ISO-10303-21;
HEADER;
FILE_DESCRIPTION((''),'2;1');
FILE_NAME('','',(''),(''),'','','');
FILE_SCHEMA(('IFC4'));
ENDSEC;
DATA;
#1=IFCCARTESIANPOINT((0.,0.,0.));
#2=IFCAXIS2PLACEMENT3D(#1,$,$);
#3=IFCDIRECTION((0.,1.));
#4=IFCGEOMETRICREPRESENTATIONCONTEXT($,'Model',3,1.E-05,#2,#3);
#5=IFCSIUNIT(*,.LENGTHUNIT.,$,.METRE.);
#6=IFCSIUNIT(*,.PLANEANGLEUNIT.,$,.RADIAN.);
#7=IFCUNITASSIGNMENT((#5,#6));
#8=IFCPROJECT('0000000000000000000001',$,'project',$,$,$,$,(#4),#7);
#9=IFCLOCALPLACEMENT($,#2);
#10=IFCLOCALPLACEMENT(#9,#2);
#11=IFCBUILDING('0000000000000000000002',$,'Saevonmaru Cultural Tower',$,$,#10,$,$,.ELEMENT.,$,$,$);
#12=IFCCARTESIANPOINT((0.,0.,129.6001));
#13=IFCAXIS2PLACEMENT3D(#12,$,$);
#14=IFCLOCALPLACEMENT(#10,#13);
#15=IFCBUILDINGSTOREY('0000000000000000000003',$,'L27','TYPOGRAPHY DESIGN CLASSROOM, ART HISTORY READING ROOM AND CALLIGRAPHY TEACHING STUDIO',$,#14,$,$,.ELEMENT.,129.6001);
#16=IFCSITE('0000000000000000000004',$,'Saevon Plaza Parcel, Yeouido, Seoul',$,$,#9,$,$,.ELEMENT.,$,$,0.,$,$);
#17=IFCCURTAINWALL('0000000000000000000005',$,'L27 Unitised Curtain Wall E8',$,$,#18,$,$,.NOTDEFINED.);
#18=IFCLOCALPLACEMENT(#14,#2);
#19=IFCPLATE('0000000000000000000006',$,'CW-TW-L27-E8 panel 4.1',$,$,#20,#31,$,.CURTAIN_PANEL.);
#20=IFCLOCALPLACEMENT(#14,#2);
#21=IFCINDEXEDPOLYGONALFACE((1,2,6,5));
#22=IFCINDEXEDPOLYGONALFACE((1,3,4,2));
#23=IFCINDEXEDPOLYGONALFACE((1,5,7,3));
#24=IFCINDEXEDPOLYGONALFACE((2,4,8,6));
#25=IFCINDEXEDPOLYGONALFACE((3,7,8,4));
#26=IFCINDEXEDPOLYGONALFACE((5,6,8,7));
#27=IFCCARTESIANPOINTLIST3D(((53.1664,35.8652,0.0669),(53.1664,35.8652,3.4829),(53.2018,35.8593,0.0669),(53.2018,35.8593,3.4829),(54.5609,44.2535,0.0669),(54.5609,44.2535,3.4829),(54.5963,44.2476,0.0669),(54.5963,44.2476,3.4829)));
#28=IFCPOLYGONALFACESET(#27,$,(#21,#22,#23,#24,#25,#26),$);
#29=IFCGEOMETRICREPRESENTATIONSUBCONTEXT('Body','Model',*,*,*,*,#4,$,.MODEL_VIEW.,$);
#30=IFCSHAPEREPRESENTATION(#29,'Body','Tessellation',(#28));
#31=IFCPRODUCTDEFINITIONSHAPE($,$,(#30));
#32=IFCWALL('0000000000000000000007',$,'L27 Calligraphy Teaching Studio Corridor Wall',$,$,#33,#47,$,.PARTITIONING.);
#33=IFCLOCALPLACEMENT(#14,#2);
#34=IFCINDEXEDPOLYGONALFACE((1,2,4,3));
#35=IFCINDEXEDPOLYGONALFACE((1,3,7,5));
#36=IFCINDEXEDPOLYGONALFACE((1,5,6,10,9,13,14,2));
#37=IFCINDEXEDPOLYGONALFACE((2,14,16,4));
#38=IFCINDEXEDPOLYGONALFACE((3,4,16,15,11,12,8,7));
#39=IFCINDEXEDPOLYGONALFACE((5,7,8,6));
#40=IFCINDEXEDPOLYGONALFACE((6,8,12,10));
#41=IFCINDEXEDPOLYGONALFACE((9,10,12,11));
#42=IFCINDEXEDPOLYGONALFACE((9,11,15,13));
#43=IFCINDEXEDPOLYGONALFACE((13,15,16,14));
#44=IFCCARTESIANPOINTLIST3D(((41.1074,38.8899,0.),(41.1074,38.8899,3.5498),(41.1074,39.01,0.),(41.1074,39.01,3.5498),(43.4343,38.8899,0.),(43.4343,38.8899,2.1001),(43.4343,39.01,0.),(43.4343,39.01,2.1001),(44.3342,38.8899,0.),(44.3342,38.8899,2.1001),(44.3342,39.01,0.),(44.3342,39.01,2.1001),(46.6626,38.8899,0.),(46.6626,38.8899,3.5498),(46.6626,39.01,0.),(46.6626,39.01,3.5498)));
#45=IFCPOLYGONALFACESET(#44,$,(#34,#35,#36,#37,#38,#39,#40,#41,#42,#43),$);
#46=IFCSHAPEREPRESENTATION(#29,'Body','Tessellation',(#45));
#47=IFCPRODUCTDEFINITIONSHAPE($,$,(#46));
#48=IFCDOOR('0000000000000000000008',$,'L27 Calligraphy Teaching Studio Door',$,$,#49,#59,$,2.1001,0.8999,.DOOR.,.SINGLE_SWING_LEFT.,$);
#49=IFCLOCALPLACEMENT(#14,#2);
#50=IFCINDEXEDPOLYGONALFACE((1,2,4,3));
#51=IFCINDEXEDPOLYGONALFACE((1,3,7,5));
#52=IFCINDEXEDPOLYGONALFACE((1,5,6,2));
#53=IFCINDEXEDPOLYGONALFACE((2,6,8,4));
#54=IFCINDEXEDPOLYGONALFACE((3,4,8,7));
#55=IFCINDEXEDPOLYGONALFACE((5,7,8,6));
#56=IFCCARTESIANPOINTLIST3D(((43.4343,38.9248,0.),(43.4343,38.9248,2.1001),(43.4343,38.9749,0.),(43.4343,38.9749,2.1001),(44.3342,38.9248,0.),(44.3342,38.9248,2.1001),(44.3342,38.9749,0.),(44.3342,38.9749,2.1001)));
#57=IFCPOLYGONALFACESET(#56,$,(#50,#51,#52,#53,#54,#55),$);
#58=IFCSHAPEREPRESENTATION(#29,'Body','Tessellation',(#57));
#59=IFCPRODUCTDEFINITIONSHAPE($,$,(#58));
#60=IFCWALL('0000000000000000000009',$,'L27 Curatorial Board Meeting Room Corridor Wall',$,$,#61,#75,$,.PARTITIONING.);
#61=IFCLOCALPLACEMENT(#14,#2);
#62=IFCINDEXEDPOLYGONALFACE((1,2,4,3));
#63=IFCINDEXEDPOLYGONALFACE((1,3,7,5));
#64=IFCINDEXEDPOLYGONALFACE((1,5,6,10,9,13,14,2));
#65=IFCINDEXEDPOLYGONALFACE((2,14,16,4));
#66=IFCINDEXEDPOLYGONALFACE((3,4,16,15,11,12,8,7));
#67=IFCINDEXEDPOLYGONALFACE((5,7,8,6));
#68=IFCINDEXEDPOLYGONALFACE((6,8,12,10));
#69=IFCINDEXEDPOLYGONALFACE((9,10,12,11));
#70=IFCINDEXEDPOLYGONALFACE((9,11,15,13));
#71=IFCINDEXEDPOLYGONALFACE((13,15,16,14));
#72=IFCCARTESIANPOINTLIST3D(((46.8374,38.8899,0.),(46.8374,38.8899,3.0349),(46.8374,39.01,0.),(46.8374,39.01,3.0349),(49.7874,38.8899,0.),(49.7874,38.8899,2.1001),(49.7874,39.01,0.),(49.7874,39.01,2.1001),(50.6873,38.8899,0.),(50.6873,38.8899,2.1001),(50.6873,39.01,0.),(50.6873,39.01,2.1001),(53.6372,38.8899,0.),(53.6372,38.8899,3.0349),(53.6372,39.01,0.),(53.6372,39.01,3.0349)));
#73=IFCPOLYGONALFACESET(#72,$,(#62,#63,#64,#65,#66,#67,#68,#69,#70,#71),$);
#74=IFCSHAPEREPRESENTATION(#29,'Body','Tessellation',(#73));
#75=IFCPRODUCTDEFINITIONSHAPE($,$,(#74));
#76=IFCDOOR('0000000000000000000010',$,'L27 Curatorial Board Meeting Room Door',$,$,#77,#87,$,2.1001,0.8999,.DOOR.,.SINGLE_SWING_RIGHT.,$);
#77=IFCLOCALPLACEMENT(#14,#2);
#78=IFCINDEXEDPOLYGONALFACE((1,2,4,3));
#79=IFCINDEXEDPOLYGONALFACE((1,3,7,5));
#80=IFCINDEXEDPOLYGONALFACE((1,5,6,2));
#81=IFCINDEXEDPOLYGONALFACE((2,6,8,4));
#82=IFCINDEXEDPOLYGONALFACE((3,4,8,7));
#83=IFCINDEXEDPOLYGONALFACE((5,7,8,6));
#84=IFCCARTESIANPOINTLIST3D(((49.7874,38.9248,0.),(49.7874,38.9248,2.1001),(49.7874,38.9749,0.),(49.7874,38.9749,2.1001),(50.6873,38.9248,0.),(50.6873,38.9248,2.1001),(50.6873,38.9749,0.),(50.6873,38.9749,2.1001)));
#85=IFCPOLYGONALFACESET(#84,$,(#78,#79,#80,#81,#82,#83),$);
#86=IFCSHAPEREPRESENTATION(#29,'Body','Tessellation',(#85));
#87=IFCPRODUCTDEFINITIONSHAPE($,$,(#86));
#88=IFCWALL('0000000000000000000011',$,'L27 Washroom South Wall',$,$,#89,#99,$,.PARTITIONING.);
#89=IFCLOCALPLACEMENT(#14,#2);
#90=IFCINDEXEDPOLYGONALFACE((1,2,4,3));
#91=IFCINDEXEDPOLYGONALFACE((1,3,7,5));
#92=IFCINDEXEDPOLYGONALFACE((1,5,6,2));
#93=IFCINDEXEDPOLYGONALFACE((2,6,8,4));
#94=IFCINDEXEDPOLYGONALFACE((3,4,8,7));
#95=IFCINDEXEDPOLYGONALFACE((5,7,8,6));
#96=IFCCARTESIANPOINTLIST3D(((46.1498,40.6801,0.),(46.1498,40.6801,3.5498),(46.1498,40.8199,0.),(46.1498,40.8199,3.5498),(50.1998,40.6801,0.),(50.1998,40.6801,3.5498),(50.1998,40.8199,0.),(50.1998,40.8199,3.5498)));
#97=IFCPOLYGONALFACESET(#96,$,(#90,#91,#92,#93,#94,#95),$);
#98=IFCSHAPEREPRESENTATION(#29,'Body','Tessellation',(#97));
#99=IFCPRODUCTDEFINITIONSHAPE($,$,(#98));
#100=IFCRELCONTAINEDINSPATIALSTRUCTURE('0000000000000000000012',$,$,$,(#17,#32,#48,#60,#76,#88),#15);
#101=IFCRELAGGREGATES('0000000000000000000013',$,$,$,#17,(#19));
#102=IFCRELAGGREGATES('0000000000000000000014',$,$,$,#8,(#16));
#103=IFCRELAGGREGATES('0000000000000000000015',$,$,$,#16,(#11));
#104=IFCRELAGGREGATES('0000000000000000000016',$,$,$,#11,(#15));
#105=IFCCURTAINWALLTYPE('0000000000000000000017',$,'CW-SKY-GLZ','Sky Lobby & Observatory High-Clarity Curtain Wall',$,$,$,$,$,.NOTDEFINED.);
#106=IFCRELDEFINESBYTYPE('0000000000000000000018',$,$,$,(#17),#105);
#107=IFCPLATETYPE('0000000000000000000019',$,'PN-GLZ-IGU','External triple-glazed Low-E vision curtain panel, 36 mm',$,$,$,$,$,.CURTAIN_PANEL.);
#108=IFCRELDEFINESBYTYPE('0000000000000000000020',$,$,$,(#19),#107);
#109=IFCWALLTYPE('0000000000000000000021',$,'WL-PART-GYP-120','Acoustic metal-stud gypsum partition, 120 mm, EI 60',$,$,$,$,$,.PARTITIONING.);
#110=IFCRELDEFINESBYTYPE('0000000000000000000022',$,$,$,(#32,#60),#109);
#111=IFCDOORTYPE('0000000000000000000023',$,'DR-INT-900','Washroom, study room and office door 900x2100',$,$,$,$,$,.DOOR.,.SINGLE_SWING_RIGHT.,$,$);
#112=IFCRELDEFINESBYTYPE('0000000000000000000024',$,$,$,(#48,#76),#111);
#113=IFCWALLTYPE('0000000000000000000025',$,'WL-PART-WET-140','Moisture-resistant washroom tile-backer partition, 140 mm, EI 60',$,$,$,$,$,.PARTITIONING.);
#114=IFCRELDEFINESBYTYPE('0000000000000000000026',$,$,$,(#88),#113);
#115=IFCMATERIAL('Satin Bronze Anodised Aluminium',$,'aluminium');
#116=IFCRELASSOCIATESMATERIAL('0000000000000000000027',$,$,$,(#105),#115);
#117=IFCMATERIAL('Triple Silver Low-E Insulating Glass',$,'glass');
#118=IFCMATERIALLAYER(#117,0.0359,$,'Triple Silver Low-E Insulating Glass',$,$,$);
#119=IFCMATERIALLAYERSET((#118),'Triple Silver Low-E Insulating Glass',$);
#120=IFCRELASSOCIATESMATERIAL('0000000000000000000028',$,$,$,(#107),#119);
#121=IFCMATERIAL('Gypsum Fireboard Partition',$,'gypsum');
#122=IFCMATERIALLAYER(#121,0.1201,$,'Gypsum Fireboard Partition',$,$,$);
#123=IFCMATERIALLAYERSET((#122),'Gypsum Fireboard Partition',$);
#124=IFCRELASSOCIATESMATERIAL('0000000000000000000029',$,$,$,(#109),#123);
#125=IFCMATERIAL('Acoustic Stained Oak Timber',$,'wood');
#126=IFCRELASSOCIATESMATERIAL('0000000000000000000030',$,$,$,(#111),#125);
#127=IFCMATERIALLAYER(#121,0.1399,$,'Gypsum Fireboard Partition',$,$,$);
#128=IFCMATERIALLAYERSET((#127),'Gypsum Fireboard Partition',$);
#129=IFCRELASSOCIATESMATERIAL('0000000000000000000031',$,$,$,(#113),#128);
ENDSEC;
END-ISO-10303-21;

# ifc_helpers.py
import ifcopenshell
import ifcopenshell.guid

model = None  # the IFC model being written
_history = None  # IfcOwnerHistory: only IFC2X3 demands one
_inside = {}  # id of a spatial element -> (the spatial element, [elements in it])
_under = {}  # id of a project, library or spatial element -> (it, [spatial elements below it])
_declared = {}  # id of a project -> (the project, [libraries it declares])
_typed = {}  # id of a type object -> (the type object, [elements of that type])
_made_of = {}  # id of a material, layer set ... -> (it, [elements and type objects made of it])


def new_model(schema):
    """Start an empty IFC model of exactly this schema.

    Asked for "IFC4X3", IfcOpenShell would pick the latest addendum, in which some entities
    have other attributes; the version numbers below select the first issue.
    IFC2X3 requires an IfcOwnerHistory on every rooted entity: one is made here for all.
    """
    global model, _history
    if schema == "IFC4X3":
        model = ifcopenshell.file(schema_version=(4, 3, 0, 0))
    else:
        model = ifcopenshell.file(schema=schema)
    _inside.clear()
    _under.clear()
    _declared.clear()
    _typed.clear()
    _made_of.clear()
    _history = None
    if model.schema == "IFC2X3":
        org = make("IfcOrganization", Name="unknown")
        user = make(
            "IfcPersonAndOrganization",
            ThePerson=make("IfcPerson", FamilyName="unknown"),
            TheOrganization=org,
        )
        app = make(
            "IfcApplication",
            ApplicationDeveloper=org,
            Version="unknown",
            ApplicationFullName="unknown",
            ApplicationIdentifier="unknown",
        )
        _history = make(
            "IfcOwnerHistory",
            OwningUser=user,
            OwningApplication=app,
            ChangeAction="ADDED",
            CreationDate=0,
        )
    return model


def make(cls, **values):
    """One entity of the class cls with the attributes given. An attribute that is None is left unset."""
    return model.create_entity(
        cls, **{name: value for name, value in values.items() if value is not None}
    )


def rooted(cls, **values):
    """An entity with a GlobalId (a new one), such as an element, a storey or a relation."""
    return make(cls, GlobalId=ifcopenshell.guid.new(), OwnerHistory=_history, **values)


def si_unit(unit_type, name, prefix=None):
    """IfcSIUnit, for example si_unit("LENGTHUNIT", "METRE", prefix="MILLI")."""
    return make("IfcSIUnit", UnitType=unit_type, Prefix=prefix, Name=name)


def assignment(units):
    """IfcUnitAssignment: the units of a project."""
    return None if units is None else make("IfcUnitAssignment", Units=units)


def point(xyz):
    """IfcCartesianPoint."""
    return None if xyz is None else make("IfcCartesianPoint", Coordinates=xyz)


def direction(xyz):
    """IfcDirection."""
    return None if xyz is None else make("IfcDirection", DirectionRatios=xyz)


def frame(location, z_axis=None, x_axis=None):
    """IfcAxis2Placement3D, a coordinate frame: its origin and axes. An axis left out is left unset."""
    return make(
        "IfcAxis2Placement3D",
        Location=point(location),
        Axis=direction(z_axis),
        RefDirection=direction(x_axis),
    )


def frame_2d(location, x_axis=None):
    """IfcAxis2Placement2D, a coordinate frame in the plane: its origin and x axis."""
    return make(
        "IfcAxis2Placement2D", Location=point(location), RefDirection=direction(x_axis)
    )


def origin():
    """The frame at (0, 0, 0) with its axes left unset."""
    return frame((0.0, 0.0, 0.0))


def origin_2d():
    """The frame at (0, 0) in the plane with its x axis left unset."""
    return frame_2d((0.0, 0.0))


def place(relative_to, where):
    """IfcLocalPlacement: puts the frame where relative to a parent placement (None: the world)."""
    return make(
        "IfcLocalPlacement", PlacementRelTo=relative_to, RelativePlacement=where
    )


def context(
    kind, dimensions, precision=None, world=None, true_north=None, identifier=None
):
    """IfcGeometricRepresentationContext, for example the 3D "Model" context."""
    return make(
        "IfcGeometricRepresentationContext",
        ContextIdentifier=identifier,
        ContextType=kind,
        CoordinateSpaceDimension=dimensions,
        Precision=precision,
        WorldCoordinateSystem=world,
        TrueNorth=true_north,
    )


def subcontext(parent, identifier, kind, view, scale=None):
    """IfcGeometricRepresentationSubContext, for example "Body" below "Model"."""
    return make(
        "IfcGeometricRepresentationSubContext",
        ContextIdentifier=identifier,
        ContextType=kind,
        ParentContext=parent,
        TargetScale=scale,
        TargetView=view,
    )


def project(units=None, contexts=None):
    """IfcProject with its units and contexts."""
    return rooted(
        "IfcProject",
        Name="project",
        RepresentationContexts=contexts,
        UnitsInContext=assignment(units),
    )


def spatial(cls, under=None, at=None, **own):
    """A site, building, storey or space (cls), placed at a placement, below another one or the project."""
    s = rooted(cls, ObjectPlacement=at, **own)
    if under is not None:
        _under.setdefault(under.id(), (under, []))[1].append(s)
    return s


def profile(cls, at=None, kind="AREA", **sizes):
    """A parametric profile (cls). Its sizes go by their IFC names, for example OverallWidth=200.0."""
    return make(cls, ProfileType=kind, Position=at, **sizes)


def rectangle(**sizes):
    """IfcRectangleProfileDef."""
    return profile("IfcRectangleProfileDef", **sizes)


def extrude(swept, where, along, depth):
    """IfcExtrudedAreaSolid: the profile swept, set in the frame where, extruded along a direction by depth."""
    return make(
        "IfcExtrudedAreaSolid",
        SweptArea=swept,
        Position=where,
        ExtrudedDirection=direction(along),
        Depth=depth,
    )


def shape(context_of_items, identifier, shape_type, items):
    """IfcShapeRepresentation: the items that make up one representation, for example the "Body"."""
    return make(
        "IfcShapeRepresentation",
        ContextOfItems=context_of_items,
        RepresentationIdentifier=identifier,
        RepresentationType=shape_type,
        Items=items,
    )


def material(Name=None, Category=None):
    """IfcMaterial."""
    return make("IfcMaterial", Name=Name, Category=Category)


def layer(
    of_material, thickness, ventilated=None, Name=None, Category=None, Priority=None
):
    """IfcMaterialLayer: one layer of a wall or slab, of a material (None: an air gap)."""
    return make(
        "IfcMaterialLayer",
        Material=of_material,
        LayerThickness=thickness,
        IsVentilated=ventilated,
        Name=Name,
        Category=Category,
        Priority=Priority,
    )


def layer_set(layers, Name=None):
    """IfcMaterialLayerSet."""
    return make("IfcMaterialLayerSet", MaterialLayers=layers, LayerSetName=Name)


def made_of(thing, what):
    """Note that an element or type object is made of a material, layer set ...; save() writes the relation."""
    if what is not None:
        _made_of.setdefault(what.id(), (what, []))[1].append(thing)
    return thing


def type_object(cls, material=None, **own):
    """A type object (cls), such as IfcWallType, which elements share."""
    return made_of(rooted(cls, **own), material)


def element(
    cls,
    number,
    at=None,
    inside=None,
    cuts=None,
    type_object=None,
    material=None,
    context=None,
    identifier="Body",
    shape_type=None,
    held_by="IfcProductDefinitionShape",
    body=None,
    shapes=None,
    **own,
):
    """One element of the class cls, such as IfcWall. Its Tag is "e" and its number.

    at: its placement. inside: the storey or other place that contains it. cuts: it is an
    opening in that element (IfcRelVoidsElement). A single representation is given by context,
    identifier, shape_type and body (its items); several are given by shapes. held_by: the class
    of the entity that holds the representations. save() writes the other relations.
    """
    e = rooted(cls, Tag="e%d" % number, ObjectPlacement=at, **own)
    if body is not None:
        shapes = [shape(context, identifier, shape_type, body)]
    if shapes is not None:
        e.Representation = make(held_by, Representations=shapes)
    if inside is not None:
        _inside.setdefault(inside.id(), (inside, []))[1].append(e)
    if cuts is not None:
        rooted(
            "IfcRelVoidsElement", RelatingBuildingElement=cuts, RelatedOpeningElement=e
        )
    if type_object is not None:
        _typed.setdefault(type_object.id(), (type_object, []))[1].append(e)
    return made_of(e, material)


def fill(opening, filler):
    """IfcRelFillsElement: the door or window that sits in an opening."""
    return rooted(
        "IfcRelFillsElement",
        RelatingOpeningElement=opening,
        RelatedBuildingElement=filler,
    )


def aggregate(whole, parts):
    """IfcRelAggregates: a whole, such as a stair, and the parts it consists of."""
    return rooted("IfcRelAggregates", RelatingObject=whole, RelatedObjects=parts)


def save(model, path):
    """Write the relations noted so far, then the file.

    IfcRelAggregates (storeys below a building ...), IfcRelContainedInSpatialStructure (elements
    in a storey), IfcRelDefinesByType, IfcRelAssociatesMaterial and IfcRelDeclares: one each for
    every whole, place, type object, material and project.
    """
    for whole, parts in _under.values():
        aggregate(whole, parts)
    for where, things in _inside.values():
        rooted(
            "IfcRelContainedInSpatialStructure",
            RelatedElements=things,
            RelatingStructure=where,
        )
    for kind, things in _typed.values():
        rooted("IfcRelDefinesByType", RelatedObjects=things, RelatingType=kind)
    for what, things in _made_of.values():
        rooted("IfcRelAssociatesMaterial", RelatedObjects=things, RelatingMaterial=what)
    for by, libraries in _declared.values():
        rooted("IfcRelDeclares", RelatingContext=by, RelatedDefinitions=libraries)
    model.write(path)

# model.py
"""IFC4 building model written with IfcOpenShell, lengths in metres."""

from ifc_helpers import new_model, si_unit, direction, frame, frame_2d, origin, origin_2d, place, context, subcontext, project, spatial, rectangle, extrude, material, layer, layer_set, type_object, element, fill, aggregate, save


model = new_model("IFC4")

# Units and contexts
model_context = context("Model", 3, precision=1e-05, world=origin(), true_north=direction((0.0, 1.0)))
body_context = subcontext(model_context, "Body", "Model", "MODEL_VIEW")
ifc_project = project(units=[si_unit("LENGTHUNIT", "METRE"), si_unit("PLANEANGLEUNIT", "RADIAN")], contexts=[model_context])

# Site, building, storey
site_placement = place(None, origin())
site = spatial("IfcSite", under=ifc_project, at=site_placement, Name="Saevon Plaza Parcel, Yeouido, Seoul", CompositionType="ELEMENT", RefElevation=0.0)
building_placement = place(site_placement, origin())
building = spatial("IfcBuilding", under=site, at=building_placement, Name="Saevonmaru Cultural Tower", CompositionType="ELEMENT")
storey_placement = place(building_placement, frame((0.0, 0.0, 129.6001)))
storey = spatial("IfcBuildingStorey", under=building, at=storey_placement, Name="L27", Description="TYPOGRAPHY DESIGN CLASSROOM, ART HISTORY READING ROOM AND CALLIGRAPHY TEACHING STUDIO", CompositionType="ELEMENT", Elevation=129.6001)

# Curtain wall, plate
ifc_material_1 = material(Name="Satin Bronze Anodised Aluminium", Category="aluminium")
curtain_wall_type = type_object("IfcCurtainWallType", Name="CW-SKY-GLZ", Description="Sky Lobby & Observatory High-Clarity Curtain Wall", PredefinedType="NOTDEFINED", material=ifc_material_1)
curtain_wall_placement = place(storey_placement, origin())
curtain_wall = element("IfcCurtainWall", 1, at=curtain_wall_placement, inside=storey, type_object=curtain_wall_type, Name="L27 Unitised Curtain Wall E8", PredefinedType="NOTDEFINED")
ifc_material_2 = material(Name="Triple Silver Low-E Insulating Glass", Category="glass")
ifc_layer_1 = layer(ifc_material_2, 0.0359, Name="Triple Silver Low-E Insulating Glass")
ifc_layer_set_1 = layer_set([ifc_layer_1], Name="Triple Silver Low-E Insulating Glass")
plate_type = type_object("IfcPlateType", Name="PN-GLZ-IGU", Description="External triple-glazed Low-E vision curtain panel, 36 mm", PredefinedType="CURTAIN_PANEL", material=ifc_layer_set_1)
plate_1_placement = place(storey_placement, frame((53.8813, 40.0564, 0.0669), z_axis=(0.0, 0.0, 1.0), x_axis=(0.163999, 0.986461, 0.0)))
plate_1 = element("IfcPlate", 2, at=plate_1_placement, type_object=plate_type, Name="CW-TW-L27-E8 panel 4.1", PredefinedType="CURTAIN_PANEL", context=body_context, shape_type="SweptSolid", body=[
    extrude(rectangle(XDim=8.5034, YDim=0.0359, at=origin_2d()), origin(), (0.0, 0.0, 1.0), 3.416),
])
aggregate(curtain_wall, [plate_1])

# Walls, openings, doors
ifc_material_3 = material(Name="Gypsum Fireboard Partition", Category="gypsum")
ifc_layer_2 = layer(ifc_material_3, 0.1201, Name="Gypsum Fireboard Partition")
ifc_layer_set_2 = layer_set([ifc_layer_2], Name="Gypsum Fireboard Partition")
wall_type_1 = type_object("IfcWallType", Name="WL-PART-GYP-120", Description="Acoustic metal-stud gypsum partition, 120 mm, EI 60", PredefinedType="PARTITIONING", material=ifc_layer_set_2)
wall_1_placement = place(storey_placement, frame((41.1074, 38.95, 0.0), z_axis=(0.0, 0.0, 1.0), x_axis=(1.0, 0.0, 0.0)))
wall_1 = element("IfcWall", 3, at=wall_1_placement, inside=storey, type_object=wall_type_1, Name="L27 Calligraphy Teaching Studio Corridor Wall", PredefinedType="PARTITIONING", context=body_context, shape_type="SweptSolid", body=[
    extrude(rectangle(XDim=5.5552, YDim=0.1201, at=frame_2d((2.7776, 0.0))), origin(), (0.0, 0.0, 1.0), 3.5498),
])
opening_1_placement = place(wall_1_placement, frame((2.3269, 0.0, 0.0)))
opening_1 = element("IfcOpeningElement", 4, at=opening_1_placement, cuts=wall_1, PredefinedType="OPENING", context=body_context, shape_type="SweptSolid", body=[
    extrude(rectangle(XDim=0.8999, YDim=2.1001, at=frame_2d((0.45, 1.05))), frame((0.0, 0.0701, 0.0), z_axis=(0.0, -1.0, 0.0), x_axis=(1.0, 0.0, 0.0)), (0.0, 0.0, 1.0), 0.1401),
])
ifc_material_4 = material(Name="Acoustic Stained Oak Timber", Category="wood")
door_type = type_object("IfcDoorType", Name="DR-INT-900", Description="Washroom, study room and office door 900x2100", OperationType="SINGLE_SWING_RIGHT", PredefinedType="DOOR", material=ifc_material_4)
door_1_placement = place(opening_1_placement, origin())
door_1 = element("IfcDoor", 5, at=door_1_placement, inside=storey, type_object=door_type, Name="L27 Calligraphy Teaching Studio Door", OperationType="SINGLE_SWING_LEFT", OverallHeight=2.1001, OverallWidth=0.8999, PredefinedType="DOOR", context=body_context, shape_type="SweptSolid", body=[
    extrude(rectangle(XDim=0.8999, YDim=2.1001, at=frame_2d((0.45, 1.05))), frame((0.0, 0.0249, 0.0), z_axis=(0.0, -1.0, 0.0), x_axis=(1.0, 0.0, 0.0)), (0.0, 0.0, 1.0), 0.05),
])
fill(opening_1, door_1)
wall_2_placement = place(storey_placement, frame((46.8374, 38.95, 0.0), z_axis=(0.0, 0.0, 1.0), x_axis=(1.0, 0.0, 0.0)))
wall_2 = element("IfcWall", 6, at=wall_2_placement, inside=storey, type_object=wall_type_1, Name="L27 Curatorial Board Meeting Room Corridor Wall", PredefinedType="PARTITIONING", context=body_context, shape_type="SweptSolid", body=[
    extrude(rectangle(XDim=6.7998, YDim=0.1201, at=frame_2d((3.3999, 0.0))), origin(), (0.0, 0.0, 1.0), 3.0349),
])
opening_2_placement = place(wall_2_placement, frame((2.95, 0.0, 0.0)))
opening_2 = element("IfcOpeningElement", 7, at=opening_2_placement, cuts=wall_2, PredefinedType="OPENING", context=body_context, shape_type="SweptSolid", body=[
    extrude(rectangle(XDim=0.8999, YDim=2.1001, at=frame_2d((0.45, 1.05))), frame((0.0, 0.0701, 0.0), z_axis=(0.0, -1.0, 0.0), x_axis=(1.0, 0.0, 0.0)), (0.0, 0.0, 1.0), 0.1401),
])
door_2_placement = place(opening_2_placement, origin())
door_2 = element("IfcDoor", 8, at=door_2_placement, inside=storey, type_object=door_type, Name="L27 Curatorial Board Meeting Room Door", OperationType="SINGLE_SWING_RIGHT", OverallHeight=2.1001, OverallWidth=0.8999, PredefinedType="DOOR", context=body_context, shape_type="SweptSolid", body=[
    extrude(rectangle(XDim=0.8999, YDim=2.1001, at=frame_2d((0.45, 1.05))), frame((0.0, 0.0249, 0.0), z_axis=(0.0, -1.0, 0.0), x_axis=(1.0, 0.0, 0.0)), (0.0, 0.0, 1.0), 0.05),
])
fill(opening_2, door_2)

# Wall
ifc_layer_3 = layer(ifc_material_3, 0.1399, Name="Gypsum Fireboard Partition")
ifc_layer_set_3 = layer_set([ifc_layer_3], Name="Gypsum Fireboard Partition")
wall_type_2 = type_object("IfcWallType", Name="WL-PART-WET-140", Description="Moisture-resistant washroom tile-backer partition, 140 mm, EI 60", PredefinedType="PARTITIONING", material=ifc_layer_set_3)
wall_3_placement = place(storey_placement, frame((46.1499, 40.75, 0.0), z_axis=(0.0, 0.0, 1.0), x_axis=(1.0, 0.0, 0.0)))
element("IfcWall", 9, at=wall_3_placement, inside=storey, type_object=wall_type_2, Name="L27 Washroom South Wall", PredefinedType="PARTITIONING", context=body_context, shape_type="SweptSolid", body=[
    extrude(rectangle(XDim=4.05, YDim=0.1399, at=frame_2d((2.0249, 0.0))), origin(), (0.0, 0.0, 1.0), 3.5498),
])

save(model, "model.ifc")
